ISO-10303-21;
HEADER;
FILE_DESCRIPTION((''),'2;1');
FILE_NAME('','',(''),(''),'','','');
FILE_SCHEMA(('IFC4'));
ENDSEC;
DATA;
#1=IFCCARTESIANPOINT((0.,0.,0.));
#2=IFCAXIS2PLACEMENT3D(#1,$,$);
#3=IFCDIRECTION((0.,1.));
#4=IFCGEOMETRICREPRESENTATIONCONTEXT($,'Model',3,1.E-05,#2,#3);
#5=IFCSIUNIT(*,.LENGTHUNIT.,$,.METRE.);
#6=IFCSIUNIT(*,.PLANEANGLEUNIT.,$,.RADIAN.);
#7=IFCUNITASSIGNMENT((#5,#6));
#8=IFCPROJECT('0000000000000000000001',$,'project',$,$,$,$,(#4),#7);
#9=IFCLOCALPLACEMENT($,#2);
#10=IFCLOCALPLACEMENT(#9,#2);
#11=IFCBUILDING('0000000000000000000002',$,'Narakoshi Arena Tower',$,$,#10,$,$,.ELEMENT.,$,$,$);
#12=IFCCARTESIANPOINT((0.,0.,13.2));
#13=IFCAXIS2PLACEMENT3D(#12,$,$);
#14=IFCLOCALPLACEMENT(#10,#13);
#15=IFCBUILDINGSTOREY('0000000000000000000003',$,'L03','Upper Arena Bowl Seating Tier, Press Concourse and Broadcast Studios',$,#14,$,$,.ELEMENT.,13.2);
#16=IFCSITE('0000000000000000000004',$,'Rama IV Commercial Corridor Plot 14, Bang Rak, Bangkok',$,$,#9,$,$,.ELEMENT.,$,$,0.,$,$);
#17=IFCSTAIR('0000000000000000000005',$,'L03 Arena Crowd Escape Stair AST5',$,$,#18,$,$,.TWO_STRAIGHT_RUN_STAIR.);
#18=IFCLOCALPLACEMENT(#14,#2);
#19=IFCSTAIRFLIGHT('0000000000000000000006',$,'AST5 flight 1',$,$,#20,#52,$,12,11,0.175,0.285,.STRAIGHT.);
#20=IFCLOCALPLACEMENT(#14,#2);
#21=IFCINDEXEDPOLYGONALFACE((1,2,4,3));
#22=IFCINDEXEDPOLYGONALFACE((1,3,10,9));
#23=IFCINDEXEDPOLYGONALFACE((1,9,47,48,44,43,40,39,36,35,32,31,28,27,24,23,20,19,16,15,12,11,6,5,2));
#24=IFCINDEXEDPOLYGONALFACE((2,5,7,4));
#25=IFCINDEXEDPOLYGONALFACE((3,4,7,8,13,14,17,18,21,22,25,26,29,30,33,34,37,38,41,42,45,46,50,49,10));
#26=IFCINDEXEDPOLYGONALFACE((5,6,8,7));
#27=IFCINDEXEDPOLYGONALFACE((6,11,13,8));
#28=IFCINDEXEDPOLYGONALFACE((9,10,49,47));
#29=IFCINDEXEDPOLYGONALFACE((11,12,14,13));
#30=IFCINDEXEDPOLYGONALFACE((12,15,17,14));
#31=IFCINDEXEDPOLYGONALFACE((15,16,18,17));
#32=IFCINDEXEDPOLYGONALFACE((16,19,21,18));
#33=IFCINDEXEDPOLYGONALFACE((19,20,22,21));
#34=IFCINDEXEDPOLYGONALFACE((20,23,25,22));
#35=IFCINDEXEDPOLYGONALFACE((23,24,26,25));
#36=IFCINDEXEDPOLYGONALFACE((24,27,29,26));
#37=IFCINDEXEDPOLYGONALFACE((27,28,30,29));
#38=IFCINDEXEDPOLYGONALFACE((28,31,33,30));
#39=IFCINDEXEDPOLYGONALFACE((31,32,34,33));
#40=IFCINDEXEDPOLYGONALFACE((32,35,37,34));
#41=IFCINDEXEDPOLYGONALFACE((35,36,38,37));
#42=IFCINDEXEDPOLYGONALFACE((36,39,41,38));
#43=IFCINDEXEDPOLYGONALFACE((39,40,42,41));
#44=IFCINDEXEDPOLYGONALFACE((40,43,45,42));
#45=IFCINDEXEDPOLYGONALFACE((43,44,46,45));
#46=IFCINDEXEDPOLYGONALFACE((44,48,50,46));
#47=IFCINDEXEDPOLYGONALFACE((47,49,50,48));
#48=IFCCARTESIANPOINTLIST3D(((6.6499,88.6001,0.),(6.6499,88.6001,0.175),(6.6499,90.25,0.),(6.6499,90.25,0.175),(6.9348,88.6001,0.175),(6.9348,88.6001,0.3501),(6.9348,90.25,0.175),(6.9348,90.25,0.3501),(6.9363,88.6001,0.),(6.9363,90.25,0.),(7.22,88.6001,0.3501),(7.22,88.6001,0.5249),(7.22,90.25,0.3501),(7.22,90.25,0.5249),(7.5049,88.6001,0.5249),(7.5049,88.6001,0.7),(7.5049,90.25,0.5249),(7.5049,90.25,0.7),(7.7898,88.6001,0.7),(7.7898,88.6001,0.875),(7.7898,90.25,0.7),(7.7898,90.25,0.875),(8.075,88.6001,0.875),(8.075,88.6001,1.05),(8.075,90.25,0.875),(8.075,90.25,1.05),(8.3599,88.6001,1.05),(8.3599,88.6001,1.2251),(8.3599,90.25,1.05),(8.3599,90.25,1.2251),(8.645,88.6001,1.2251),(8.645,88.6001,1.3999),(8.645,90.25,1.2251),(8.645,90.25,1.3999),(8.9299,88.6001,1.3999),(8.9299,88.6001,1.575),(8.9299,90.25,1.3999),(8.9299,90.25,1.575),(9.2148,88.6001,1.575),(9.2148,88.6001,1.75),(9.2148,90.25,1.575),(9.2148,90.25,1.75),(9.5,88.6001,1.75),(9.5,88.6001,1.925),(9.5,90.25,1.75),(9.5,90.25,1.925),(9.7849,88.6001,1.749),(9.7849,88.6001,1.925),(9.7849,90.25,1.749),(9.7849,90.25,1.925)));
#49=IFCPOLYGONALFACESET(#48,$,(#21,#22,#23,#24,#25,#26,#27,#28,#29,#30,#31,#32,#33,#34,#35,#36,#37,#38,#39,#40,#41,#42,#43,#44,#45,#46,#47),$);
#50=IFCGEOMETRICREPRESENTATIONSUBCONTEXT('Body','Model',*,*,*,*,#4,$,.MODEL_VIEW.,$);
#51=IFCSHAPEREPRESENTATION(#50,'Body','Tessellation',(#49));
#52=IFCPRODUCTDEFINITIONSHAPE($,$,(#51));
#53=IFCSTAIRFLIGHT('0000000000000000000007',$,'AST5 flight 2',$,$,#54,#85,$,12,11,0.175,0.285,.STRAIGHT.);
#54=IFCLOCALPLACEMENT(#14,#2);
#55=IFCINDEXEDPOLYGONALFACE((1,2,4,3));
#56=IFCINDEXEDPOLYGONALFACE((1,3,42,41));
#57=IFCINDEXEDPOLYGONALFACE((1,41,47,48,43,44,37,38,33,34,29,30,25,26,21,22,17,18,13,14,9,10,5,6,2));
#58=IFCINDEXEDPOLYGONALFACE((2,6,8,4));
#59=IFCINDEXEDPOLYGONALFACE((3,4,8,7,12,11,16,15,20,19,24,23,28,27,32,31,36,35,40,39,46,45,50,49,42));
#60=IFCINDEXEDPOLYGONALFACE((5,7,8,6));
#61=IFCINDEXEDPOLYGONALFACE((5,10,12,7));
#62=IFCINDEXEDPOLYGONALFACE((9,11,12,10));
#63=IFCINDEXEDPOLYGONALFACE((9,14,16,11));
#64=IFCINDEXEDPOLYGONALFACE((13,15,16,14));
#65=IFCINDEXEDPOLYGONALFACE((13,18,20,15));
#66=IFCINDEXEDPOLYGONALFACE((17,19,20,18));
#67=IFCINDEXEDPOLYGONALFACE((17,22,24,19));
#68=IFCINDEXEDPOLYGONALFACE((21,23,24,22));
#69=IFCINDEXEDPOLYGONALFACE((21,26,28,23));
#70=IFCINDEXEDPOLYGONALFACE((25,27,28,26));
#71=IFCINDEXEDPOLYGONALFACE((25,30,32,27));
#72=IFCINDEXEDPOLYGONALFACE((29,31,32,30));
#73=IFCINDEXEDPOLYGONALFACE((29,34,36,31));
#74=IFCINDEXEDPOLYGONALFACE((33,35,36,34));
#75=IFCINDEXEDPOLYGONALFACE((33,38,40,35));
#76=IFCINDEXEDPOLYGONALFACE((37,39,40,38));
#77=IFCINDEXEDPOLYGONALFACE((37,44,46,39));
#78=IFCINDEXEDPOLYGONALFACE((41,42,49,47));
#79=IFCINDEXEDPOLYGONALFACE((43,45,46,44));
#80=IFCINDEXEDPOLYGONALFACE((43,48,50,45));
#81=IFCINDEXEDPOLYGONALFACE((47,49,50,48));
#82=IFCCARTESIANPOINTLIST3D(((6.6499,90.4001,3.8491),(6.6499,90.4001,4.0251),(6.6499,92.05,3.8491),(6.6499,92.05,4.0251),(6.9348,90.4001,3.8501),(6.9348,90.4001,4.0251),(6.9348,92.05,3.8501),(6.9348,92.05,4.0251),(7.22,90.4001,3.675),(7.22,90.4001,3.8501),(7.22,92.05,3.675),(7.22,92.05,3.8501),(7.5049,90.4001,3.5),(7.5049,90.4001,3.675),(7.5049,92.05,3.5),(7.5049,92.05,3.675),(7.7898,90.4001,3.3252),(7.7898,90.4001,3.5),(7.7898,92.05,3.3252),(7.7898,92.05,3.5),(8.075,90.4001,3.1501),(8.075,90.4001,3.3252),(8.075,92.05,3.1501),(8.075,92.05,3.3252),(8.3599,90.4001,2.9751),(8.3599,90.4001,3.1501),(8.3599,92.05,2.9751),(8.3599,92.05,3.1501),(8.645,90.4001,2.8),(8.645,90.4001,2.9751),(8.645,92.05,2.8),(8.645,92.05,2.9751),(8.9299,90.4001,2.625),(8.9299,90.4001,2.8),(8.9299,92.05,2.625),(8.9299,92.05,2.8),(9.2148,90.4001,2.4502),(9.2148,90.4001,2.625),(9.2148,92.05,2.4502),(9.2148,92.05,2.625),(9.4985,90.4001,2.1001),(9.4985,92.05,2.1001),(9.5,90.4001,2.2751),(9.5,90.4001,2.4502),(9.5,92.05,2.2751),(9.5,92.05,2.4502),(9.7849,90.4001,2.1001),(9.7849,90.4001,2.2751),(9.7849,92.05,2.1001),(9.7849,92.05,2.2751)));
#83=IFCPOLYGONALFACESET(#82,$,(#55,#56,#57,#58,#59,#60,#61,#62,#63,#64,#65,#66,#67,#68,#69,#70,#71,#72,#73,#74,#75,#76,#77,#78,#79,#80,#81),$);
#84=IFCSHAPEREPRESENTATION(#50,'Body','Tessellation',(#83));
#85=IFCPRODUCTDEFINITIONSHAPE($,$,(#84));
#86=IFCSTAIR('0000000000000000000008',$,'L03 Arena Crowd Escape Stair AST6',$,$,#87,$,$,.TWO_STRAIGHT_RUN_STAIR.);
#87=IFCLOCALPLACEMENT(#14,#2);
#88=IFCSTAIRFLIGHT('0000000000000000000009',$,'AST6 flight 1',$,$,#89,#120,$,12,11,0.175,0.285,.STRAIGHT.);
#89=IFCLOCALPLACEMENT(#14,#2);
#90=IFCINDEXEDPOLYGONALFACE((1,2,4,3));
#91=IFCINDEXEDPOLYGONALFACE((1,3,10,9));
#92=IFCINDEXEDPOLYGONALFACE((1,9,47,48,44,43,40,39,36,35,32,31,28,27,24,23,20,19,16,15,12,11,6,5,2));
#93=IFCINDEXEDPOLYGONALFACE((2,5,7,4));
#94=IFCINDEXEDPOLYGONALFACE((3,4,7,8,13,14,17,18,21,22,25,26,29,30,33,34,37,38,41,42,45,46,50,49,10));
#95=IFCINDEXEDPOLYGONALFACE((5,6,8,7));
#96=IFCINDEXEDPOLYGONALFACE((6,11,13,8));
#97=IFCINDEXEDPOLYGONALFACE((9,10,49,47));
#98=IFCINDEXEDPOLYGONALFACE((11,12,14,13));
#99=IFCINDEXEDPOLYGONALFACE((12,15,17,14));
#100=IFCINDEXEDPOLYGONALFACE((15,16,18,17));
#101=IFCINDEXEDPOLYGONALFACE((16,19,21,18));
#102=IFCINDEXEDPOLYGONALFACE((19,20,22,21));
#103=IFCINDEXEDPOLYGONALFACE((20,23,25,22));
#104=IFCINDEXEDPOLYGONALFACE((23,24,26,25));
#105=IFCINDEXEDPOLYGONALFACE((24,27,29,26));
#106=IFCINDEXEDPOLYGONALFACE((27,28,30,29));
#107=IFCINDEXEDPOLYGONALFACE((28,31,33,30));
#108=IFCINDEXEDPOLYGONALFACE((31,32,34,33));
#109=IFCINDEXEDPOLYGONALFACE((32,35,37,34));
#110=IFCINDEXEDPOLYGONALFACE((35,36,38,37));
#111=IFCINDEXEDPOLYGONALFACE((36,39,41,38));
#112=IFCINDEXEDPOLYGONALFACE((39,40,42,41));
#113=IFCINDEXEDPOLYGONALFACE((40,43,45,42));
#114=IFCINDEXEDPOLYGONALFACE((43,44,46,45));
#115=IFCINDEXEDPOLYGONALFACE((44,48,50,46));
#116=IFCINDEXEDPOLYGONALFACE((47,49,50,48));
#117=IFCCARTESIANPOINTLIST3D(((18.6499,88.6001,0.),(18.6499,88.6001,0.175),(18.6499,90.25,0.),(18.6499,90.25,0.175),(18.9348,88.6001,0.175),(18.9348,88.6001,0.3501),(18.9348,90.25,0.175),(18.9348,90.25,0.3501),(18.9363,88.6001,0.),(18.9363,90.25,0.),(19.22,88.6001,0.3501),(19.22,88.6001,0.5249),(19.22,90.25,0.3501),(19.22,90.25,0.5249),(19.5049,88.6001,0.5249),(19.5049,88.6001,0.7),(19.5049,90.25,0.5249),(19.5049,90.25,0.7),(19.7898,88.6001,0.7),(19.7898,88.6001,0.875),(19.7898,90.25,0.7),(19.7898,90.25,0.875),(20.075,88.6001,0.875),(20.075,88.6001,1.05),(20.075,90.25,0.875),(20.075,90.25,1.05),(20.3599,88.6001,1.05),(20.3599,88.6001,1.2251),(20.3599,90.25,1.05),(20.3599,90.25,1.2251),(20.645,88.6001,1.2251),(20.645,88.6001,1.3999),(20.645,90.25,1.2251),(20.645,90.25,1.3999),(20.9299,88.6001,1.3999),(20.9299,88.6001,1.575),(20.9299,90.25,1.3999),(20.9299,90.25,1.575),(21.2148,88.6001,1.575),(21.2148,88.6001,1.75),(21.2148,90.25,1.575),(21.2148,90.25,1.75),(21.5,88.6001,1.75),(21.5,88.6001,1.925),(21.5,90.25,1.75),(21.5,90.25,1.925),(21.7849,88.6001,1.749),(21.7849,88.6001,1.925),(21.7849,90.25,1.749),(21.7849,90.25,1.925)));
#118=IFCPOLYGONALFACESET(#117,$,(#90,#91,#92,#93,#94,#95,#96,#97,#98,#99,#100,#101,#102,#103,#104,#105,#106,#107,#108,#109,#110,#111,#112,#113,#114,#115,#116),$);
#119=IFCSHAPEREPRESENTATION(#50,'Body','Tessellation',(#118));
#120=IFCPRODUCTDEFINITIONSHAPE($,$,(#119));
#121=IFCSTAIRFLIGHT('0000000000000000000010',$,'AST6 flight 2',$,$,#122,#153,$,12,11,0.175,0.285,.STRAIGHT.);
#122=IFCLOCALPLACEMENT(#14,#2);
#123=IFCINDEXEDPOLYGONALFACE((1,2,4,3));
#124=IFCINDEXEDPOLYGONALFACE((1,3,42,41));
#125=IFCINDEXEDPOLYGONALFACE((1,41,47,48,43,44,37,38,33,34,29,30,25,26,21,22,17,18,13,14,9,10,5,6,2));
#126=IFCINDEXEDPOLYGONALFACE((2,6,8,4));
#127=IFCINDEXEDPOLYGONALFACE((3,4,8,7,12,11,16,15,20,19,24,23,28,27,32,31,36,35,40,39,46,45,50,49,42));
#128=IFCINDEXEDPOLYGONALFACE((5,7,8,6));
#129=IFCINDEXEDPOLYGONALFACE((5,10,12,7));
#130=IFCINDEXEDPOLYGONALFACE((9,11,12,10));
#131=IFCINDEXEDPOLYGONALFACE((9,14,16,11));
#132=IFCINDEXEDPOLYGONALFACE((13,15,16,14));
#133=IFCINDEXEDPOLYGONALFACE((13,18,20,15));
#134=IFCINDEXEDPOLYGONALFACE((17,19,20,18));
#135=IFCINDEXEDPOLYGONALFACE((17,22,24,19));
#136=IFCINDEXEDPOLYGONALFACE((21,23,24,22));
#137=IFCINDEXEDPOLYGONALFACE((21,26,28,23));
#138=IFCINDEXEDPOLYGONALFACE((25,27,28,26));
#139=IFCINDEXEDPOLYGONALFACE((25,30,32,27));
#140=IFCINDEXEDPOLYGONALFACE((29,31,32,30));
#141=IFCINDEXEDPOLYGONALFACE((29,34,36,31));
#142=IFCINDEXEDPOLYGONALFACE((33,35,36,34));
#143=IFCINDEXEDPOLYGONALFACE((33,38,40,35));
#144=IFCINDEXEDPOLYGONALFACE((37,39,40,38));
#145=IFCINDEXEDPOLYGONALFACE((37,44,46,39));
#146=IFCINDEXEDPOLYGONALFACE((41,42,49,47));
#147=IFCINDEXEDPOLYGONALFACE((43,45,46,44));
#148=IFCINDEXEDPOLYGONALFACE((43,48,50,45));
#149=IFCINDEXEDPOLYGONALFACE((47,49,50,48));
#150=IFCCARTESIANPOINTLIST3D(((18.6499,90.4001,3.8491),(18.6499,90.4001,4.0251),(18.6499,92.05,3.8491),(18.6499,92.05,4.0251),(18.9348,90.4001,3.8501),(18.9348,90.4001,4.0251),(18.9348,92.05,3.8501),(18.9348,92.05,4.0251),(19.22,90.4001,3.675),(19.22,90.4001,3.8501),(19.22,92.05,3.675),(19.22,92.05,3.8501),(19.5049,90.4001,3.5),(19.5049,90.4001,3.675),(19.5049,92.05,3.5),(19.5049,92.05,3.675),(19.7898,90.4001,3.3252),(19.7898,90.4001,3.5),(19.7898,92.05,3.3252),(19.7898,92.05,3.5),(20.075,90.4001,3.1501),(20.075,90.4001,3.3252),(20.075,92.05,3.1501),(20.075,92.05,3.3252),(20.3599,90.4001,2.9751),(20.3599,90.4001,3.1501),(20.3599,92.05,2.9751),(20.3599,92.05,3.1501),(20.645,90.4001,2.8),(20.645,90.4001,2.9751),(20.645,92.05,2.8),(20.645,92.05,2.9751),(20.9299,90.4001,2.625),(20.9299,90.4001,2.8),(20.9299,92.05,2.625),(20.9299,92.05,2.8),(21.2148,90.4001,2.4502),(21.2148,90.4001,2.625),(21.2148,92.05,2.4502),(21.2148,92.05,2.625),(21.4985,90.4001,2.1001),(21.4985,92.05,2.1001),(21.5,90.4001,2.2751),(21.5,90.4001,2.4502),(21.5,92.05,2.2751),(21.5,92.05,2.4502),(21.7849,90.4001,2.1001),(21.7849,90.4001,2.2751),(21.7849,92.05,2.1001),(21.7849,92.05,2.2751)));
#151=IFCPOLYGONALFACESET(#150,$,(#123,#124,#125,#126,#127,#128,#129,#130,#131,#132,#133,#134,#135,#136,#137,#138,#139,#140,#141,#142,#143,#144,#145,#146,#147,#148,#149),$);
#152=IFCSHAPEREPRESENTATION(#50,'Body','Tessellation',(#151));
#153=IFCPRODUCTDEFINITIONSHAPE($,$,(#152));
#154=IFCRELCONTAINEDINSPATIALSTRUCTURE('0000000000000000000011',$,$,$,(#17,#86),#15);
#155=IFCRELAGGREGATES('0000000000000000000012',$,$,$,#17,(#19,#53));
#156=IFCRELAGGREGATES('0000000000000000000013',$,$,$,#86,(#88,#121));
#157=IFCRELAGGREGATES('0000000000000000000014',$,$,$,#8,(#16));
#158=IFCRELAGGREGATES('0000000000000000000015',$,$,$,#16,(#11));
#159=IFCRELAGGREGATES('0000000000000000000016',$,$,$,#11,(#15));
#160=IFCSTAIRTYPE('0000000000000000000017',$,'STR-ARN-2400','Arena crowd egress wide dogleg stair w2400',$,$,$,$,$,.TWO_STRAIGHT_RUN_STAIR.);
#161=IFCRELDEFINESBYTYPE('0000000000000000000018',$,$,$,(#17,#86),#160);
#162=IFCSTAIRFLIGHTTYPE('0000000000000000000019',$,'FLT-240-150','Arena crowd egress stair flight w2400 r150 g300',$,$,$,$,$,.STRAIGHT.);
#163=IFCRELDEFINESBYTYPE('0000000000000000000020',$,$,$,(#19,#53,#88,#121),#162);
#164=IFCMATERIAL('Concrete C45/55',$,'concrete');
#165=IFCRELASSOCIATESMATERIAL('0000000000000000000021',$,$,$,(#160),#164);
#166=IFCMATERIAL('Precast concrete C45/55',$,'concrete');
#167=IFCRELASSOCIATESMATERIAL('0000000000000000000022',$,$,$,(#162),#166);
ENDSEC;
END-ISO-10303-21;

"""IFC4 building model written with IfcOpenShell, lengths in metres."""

from ifc_helpers import new_model, si_unit, direction, frame, origin, place, context, subcontext, project, spatial, polyline, outline, extrude, material, type_object, element, aggregate, save


model = new_model("IFC4")

# Units and contexts
model_context = context("Model", 3, precision=1e-05, world=origin(), true_north=direction((0.0, 1.0)))
body_context = subcontext(model_context, "Body", "Model", "MODEL_VIEW")
ifc_project = project(units=[si_unit("LENGTHUNIT", "METRE"), si_unit("PLANEANGLEUNIT", "RADIAN")], contexts=[model_context])

# Site, building, storey
site_placement = place(None, origin())
site = spatial("IfcSite", under=ifc_project, at=site_placement, Name="Rama IV Commercial Corridor Plot 14, Bang Rak, Bangkok", CompositionType="ELEMENT", RefElevation=0.0)
building_placement = place(site_placement, origin())
building = spatial("IfcBuilding", under=site, at=building_placement, Name="Narakoshi Arena Tower", CompositionType="ELEMENT")
storey_placement = place(building_placement, frame((0.0, 0.0, 13.2)))
storey = spatial("IfcBuildingStorey", under=building, at=storey_placement, Name="L03", Description="Upper Arena Bowl Seating Tier, Press Concourse and Broadcast Studios", CompositionType="ELEMENT", Elevation=13.2)

# Shared definitions
ifc_material_1 = material(Name="Precast concrete C45/55", Category="concrete")

# Stairs, stair flights
ifc_material_2 = material(Name="Concrete C45/55", Category="concrete")
stair_type = type_object("IfcStairType", Name="STR-ARN-2400", Description="Arena crowd egress wide dogleg stair w2400", PredefinedType="TWO_STRAIGHT_RUN_STAIR", material=ifc_material_2)
stair_1_placement = place(storey_placement, origin())
stair_1 = element("IfcStair", 1, at=stair_1_placement, inside=storey, type_object=stair_type, Name="L03 Arena Crowd Escape Stair AST5", PredefinedType="TWO_STRAIGHT_RUN_STAIR")
stair_flight_type = type_object("IfcStairFlightType", Name="FLT-240-150", Description="Arena crowd egress stair flight w2400 r150 g300", PredefinedType="STRAIGHT", material=ifc_material_1)
stair_flight_1_placement = place(storey_placement, frame((6.6499, 89.425, 0.0), z_axis=(0.0, 0.0, 1.0), x_axis=(1.0, 0.0, 0.0)))
stair_flight_1 = element("IfcStairFlight", 2, at=stair_flight_1_placement, type_object=stair_flight_type, Name="AST5 flight 1", NumberOfRisers=12, NumberOfTreads=11, PredefinedType="STRAIGHT", RiserHeight=0.175, TreadLength=0.285, context=body_context, shape_type="SweptSolid", body=[
    extrude(outline(polyline([(0.0, 0.0), (0.0, 0.175), (0.2849, 0.175), (0.2849, 0.3501), (0.5701, 0.3501), (0.5701, 0.5249), (0.855, 0.5249), (0.855, 0.7), (1.1399, 0.7), (1.1399, 0.875), (1.425, 0.875), (1.425, 1.05), (1.71, 1.05), (1.71, 1.2251), (1.9951, 1.2251), (1.9951, 1.3999), (2.28, 1.3999), (2.28, 1.575), (2.5649, 1.575), (2.5649, 1.75), (2.8501, 1.75), (2.8501, 1.925), (3.135, 1.925), (3.135, 2.1001), (3.135, 1.749), (0.2864, 0.0), (0.0, 0.0)])), frame((0.0, 0.825, 0.0), z_axis=(0.0, -1.0, 0.0), x_axis=(1.0, 0.0, 0.0)), (0.0, 0.0, 1.0), 1.6499),
])
stair_flight_2_placement = place(storey_placement, frame((9.7849, 91.2251, 2.1001), z_axis=(0.0, 0.0, 1.0), x_axis=(-1.0, 0.0, 0.0)))
stair_flight_2 = element("IfcStairFlight", 3, at=stair_flight_2_placement, type_object=stair_flight_type, Name="AST5 flight 2", NumberOfRisers=12, NumberOfTreads=11, PredefinedType="STRAIGHT", RiserHeight=0.175, TreadLength=0.285, context=body_context, shape_type="SweptSolid", body=[
    extrude(outline(polyline([(0.0, 0.0), (0.0, 0.175), (0.2849, 0.175), (0.2849, 0.3501), (0.5701, 0.3501), (0.5701, 0.5249), (0.855, 0.5249), (0.855, 0.7), (1.1399, 0.7), (1.1399, 0.875), (1.425, 0.875), (1.425, 1.05), (1.71, 1.05), (1.71, 1.2251), (1.9951, 1.2251), (1.9951, 1.3999), (2.28, 1.3999), (2.28, 1.575), (2.5649, 1.575), (2.5649, 1.75), (2.8501, 1.75), (2.8501, 1.925), (3.135, 1.925), (3.135, 2.1001), (3.135, 1.749), (0.2864, 0.0), (0.0, 0.0)])), frame((0.0, 0.825, 0.0), z_axis=(0.0, -1.0, 0.0), x_axis=(1.0, 0.0, 0.0)), (0.0, 0.0, 1.0), 1.6499),
])
aggregate(stair_1, [stair_flight_1, stair_flight_2])
stair_2_placement = place(storey_placement, origin())
stair_2 = element("IfcStair", 4, at=stair_2_placement, inside=storey, type_object=stair_type, Name="L03 Arena Crowd Escape Stair AST6", PredefinedType="TWO_STRAIGHT_RUN_STAIR")
stair_flight_3_placement = place(storey_placement, frame((18.6499, 89.425, 0.0), z_axis=(0.0, 0.0, 1.0), x_axis=(1.0, 0.0, 0.0)))
stair_flight_3 = element("IfcStairFlight", 5, at=stair_flight_3_placement, type_object=stair_flight_type, Name="AST6 flight 1", NumberOfRisers=12, NumberOfTreads=11, PredefinedType="STRAIGHT", RiserHeight=0.175, TreadLength=0.285, context=body_context, shape_type="SweptSolid", body=[
    extrude(outline(polyline([(0.0, 0.0), (0.0, 0.175), (0.2849, 0.175), (0.2849, 0.3501), (0.5701, 0.3501), (0.5701, 0.5249), (0.855, 0.5249), (0.855, 0.7), (1.1399, 0.7), (1.1399, 0.875), (1.425, 0.875), (1.425, 1.05), (1.71, 1.05), (1.71, 1.2251), (1.9951, 1.2251), (1.9951, 1.3999), (2.28, 1.3999), (2.28, 1.575), (2.5649, 1.575), (2.5649, 1.75), (2.8501, 1.75), (2.8501, 1.925), (3.135, 1.925), (3.135, 2.1001), (3.135, 1.749), (0.2864, 0.0), (0.0, 0.0)])), frame((0.0, 0.825, 0.0), z_axis=(0.0, -1.0, 0.0), x_axis=(1.0, 0.0, 0.0)), (0.0, 0.0, 1.0), 1.6499),
])
stair_flight_4_placement = place(storey_placement, frame((21.7849, 91.2251, 2.1001), z_axis=(0.0, 0.0, 1.0), x_axis=(-1.0, 0.0, 0.0)))
stair_flight_4 = element("IfcStairFlight", 6, at=stair_flight_4_placement, type_object=stair_flight_type, Name="AST6 flight 2", NumberOfRisers=12, NumberOfTreads=11, PredefinedType="STRAIGHT", RiserHeight=0.175, TreadLength=0.285, context=body_context, shape_type="SweptSolid", body=[
    extrude(outline(polyline([(0.0, 0.0), (0.0, 0.175), (0.2849, 0.175), (0.2849, 0.3501), (0.5701, 0.3501), (0.5701, 0.5249), (0.855, 0.5249), (0.855, 0.7), (1.1399, 0.7), (1.1399, 0.875), (1.425, 0.875), (1.425, 1.05), (1.71, 1.05), (1.71, 1.2251), (1.9951, 1.2251), (1.9951, 1.3999), (2.28, 1.3999), (2.28, 1.575), (2.5649, 1.575), (2.5649, 1.75), (2.8501, 1.75), (2.8501, 1.925), (3.135, 1.925), (3.135, 2.1001), (3.135, 1.749), (0.2864, 0.0), (0.0, 0.0)])), frame((0.0, 0.825, 0.0), z_axis=(0.0, -1.0, 0.0), x_axis=(1.0, 0.0, 0.0)), (0.0, 0.0, 1.0), 1.6499),
])
aggregate(stair_2, [stair_flight_3, stair_flight_4])

save(model, "model.ifc")
